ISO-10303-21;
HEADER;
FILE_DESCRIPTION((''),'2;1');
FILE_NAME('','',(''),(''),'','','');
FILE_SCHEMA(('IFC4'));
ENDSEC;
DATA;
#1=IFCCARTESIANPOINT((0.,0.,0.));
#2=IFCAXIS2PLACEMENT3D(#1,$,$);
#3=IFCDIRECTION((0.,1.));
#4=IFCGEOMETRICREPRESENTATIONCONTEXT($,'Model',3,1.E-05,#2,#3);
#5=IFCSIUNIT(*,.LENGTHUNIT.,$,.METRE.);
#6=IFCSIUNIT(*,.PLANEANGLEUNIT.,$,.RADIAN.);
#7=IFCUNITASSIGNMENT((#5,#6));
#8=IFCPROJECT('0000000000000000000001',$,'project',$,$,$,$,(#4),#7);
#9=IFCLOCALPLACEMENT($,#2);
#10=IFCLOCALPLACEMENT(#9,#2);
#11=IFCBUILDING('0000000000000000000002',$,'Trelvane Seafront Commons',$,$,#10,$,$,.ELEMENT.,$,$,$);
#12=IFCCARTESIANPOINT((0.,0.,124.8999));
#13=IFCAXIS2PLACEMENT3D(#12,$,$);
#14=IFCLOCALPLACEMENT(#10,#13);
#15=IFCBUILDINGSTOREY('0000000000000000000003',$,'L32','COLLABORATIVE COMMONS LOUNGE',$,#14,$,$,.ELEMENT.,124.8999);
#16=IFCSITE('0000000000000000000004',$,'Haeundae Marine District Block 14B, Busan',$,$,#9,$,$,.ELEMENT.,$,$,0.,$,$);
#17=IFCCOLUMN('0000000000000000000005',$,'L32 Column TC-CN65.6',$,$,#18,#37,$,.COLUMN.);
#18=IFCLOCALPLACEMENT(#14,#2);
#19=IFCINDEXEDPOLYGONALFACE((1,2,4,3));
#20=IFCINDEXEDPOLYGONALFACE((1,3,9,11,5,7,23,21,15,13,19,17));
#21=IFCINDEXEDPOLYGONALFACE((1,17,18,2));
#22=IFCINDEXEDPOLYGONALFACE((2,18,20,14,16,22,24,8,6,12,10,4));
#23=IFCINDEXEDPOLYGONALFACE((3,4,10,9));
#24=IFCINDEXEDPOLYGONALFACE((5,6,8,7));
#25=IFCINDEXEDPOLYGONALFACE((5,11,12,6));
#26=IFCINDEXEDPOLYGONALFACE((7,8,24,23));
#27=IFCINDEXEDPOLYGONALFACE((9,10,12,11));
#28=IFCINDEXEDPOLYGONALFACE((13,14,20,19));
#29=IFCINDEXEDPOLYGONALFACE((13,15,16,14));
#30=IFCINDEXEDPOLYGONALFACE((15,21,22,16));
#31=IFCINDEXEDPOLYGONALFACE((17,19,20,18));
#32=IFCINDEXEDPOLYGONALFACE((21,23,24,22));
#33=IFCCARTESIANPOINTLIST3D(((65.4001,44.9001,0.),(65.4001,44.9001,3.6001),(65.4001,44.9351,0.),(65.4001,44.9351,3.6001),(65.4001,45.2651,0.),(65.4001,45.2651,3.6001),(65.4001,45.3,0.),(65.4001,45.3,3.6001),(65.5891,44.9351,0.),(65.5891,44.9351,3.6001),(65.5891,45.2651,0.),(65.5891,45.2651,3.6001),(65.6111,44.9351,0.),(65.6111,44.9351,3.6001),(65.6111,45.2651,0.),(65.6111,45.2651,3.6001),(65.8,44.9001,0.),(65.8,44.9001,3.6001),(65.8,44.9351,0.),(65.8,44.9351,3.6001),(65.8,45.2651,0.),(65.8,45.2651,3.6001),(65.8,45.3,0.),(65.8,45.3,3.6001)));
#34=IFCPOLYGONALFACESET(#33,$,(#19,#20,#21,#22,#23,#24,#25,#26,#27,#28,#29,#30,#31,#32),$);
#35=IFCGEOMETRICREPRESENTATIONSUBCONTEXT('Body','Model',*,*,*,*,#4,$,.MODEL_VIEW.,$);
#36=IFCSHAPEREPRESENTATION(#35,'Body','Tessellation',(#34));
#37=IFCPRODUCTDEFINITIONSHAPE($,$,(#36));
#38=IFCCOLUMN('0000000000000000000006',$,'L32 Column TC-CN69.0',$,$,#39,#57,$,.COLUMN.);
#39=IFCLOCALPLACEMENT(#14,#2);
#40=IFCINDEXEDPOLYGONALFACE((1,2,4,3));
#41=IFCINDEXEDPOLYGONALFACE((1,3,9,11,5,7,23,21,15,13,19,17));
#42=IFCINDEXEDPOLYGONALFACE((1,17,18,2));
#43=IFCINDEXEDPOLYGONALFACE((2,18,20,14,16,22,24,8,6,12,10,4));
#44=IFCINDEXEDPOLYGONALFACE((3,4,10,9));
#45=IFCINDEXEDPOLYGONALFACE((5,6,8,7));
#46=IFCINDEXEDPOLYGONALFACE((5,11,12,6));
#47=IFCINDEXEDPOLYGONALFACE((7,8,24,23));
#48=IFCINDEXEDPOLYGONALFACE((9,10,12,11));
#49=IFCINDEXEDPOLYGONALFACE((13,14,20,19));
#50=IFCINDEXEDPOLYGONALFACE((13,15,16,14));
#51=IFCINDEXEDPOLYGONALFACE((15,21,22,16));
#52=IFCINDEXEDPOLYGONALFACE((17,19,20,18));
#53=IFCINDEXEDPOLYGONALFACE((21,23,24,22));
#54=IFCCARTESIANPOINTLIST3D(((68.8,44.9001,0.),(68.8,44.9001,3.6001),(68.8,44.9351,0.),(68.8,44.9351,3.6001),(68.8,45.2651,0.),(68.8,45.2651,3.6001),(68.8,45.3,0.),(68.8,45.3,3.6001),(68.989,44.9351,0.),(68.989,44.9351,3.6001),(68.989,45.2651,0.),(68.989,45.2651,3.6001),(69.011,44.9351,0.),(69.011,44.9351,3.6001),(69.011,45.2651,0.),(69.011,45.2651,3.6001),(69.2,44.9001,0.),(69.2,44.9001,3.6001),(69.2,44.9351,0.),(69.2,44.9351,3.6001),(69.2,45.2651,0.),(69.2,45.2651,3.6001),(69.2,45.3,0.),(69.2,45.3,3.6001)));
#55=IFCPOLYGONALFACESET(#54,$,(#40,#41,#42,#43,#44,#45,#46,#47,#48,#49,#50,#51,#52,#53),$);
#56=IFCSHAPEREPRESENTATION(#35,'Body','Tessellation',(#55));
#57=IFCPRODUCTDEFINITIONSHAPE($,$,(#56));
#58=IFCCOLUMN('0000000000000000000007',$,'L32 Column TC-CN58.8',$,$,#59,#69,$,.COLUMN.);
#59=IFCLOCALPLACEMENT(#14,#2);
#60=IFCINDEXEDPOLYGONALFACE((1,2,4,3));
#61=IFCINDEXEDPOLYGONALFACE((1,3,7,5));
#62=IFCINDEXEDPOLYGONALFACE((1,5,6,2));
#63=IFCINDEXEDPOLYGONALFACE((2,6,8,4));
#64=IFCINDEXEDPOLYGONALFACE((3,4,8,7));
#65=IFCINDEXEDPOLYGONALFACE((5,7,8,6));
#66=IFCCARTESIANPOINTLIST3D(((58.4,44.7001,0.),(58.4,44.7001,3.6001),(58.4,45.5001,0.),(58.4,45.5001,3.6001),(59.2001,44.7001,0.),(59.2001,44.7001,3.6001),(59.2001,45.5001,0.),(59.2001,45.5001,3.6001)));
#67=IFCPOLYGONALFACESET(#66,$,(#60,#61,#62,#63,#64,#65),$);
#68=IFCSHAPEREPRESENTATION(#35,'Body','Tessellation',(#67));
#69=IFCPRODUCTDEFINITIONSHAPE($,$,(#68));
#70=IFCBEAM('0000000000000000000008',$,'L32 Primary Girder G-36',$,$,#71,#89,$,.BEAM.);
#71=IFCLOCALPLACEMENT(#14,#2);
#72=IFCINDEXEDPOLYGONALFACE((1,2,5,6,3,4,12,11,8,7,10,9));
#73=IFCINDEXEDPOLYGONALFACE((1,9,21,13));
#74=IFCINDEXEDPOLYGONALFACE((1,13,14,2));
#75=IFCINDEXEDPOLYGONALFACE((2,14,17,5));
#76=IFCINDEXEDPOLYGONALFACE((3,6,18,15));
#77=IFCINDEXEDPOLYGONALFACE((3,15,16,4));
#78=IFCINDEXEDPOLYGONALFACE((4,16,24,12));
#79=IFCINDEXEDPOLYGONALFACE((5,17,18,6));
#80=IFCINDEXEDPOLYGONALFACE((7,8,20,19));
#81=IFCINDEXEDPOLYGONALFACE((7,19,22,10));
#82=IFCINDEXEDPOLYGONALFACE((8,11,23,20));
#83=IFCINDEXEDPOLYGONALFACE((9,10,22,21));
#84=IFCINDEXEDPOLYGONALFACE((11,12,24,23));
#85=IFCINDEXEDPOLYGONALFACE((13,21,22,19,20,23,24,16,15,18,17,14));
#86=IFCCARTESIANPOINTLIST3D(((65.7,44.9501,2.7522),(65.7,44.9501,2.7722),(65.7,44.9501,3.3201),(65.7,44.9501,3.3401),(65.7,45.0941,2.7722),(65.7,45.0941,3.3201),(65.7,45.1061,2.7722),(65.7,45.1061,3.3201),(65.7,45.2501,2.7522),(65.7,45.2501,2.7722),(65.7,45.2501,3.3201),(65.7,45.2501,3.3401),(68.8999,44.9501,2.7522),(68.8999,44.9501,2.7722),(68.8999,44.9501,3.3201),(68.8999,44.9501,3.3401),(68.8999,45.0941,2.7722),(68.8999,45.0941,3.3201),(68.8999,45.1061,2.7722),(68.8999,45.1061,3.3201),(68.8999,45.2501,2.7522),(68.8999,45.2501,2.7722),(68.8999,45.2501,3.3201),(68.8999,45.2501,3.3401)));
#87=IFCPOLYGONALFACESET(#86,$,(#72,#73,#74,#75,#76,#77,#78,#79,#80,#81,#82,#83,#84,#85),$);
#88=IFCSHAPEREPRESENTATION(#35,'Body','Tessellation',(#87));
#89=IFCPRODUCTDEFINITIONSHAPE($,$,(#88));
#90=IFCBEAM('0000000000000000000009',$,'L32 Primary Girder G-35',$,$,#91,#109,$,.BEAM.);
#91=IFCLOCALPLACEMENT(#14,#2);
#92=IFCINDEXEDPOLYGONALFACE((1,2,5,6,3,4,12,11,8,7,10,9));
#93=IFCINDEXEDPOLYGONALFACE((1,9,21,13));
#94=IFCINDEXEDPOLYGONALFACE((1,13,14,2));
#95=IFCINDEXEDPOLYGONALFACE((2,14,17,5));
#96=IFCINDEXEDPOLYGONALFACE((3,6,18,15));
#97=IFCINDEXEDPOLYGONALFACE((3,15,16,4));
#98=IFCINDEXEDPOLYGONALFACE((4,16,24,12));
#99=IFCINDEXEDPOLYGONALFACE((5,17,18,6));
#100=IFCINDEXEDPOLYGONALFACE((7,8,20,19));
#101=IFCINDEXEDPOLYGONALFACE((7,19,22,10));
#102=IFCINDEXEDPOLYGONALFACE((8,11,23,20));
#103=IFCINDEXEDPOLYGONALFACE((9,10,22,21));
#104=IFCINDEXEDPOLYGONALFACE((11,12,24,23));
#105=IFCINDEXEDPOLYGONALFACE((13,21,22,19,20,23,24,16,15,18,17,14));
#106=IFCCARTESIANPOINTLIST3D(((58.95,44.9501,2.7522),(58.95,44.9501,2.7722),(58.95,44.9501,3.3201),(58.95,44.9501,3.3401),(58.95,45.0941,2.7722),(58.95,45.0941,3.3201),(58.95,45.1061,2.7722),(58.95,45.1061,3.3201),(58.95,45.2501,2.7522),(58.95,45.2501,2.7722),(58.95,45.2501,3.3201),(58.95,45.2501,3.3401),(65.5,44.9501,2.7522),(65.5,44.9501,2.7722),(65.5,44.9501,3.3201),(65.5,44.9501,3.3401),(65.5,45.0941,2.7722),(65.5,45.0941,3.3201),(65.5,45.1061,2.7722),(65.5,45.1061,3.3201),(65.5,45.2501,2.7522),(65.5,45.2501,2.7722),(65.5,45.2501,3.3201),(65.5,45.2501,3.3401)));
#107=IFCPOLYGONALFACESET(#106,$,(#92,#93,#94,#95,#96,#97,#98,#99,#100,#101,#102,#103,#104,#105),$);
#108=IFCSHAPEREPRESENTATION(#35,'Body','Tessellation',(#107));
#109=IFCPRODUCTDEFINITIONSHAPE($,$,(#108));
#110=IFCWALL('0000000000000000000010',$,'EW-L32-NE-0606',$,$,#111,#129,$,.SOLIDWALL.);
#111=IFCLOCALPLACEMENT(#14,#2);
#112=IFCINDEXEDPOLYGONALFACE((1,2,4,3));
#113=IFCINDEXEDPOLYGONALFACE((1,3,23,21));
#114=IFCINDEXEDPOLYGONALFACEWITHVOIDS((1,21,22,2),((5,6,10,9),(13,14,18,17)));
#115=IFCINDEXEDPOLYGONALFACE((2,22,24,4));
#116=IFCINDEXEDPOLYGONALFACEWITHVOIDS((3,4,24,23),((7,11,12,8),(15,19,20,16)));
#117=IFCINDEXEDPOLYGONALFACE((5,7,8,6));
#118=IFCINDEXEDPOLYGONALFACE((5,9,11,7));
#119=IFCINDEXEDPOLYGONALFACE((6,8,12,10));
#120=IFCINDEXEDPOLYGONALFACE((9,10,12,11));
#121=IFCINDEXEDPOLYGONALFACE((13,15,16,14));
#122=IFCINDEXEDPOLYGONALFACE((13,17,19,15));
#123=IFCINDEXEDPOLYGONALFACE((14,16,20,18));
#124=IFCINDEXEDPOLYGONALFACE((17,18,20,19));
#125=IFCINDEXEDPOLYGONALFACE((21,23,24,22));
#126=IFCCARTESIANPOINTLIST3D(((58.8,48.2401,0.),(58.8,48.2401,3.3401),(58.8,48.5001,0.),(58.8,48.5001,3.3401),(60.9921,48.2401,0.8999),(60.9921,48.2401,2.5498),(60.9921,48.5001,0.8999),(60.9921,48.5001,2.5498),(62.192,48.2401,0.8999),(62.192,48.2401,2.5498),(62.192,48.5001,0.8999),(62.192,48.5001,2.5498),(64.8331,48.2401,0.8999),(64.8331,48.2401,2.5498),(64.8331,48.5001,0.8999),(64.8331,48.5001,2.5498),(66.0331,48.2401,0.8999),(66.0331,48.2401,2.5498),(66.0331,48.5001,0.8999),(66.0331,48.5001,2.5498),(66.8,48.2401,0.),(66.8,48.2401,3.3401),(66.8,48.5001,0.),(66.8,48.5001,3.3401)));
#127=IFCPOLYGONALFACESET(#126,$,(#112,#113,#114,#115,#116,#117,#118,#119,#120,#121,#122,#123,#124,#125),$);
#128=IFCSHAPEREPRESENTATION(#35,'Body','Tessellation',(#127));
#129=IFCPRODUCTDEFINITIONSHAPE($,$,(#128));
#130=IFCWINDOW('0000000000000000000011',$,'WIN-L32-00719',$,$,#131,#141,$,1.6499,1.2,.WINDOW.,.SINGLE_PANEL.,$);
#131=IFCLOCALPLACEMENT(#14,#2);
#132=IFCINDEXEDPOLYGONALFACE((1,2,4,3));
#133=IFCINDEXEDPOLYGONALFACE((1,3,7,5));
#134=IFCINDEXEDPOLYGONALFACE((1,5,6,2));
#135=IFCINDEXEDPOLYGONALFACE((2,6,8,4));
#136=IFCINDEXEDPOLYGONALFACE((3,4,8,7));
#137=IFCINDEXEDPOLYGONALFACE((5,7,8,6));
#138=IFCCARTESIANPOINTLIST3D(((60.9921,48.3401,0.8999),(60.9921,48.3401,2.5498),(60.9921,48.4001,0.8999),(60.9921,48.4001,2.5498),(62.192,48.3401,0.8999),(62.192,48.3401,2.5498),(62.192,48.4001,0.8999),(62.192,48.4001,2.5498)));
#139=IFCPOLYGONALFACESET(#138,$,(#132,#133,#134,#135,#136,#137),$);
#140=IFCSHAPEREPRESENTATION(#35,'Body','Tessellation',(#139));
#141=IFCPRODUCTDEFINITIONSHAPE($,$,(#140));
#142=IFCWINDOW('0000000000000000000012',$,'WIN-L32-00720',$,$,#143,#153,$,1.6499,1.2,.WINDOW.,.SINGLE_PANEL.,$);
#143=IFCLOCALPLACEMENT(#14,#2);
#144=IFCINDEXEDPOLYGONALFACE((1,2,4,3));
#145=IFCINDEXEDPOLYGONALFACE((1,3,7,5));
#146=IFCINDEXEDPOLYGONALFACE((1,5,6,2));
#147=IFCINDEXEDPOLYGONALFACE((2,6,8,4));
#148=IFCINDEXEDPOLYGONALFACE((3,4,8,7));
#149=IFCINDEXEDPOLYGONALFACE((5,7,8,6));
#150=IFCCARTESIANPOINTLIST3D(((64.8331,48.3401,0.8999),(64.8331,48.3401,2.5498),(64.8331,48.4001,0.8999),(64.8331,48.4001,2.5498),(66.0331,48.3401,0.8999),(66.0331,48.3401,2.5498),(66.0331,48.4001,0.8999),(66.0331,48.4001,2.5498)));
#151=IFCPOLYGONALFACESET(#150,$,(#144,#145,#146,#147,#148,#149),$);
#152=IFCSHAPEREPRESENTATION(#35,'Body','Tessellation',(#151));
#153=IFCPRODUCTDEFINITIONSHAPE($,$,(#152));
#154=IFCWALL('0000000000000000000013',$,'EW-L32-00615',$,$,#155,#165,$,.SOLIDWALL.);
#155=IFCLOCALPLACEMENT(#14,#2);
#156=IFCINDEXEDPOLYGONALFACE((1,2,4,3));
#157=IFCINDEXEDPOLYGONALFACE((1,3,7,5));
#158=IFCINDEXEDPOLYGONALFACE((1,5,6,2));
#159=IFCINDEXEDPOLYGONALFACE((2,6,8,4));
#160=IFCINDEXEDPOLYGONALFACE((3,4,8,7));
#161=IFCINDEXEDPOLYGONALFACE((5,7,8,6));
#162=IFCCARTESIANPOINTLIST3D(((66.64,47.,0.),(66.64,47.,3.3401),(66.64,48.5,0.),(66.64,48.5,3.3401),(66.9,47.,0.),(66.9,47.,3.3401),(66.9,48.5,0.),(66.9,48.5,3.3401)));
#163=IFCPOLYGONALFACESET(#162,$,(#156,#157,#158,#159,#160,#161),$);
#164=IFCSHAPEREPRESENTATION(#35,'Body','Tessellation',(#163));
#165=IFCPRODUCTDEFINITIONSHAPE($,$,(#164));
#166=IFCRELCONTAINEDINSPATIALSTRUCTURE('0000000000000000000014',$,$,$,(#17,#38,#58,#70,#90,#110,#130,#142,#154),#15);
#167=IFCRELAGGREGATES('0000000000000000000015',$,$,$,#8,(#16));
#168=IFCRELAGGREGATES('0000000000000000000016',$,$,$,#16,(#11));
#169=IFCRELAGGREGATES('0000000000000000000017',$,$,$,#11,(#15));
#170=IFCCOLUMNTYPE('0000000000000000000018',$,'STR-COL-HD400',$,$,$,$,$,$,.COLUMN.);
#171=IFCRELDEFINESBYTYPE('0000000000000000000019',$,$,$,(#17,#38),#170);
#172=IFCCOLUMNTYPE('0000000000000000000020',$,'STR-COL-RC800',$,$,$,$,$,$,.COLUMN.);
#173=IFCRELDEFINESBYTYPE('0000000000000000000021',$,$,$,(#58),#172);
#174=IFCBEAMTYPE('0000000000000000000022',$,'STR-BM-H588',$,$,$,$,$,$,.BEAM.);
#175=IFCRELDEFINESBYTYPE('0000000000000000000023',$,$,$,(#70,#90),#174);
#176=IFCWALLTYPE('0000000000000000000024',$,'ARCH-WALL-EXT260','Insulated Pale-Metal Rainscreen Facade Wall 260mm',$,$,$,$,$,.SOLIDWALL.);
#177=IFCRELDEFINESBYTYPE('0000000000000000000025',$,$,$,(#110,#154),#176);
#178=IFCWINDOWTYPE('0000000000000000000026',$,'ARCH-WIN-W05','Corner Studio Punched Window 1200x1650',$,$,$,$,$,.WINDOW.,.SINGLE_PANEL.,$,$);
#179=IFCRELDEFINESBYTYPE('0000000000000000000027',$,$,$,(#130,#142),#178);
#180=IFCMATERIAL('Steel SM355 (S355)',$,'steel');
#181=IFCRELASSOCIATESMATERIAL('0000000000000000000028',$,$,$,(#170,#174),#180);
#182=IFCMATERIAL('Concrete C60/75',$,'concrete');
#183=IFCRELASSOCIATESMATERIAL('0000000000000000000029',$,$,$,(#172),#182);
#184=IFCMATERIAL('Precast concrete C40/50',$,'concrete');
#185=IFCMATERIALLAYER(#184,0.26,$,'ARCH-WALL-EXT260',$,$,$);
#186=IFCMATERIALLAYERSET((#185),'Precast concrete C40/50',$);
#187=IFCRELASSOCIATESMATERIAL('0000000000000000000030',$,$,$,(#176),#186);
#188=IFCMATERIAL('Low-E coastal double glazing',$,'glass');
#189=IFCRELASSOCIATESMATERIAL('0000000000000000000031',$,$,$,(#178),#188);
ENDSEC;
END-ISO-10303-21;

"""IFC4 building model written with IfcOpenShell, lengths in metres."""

from ifc_helpers import new_model, si_unit, direction, frame, frame_2d, origin, origin_2d, place, context, subcontext, project, spatial, rectangle, i_section, extrude, source, transform, mapped, material, layer, layer_set, material_profile, profile_set, type_object, element, fill, save


model = new_model("IFC4")

# Units and contexts
model_context = context("Model", 3, precision=1e-05, world=origin(), true_north=direction((0.0, 1.0)))
body_context = subcontext(model_context, "Body", "Model", "MODEL_VIEW")
ifc_project = project(units=[si_unit("LENGTHUNIT", "METRE"), si_unit("PLANEANGLEUNIT", "RADIAN")], contexts=[model_context])

# Site, building, storey
site_placement = place(None, origin())
site = spatial("IfcSite", under=ifc_project, at=site_placement, Name="Haeundae Marine District Block 14B, Busan", CompositionType="ELEMENT", RefElevation=0.0)
building_placement = place(site_placement, origin())
building = spatial("IfcBuilding", under=site, at=building_placement, Name="Trelvane Seafront Commons", CompositionType="ELEMENT")
storey_placement = place(building_placement, frame((0.0, 0.0, 124.8999)))
storey = spatial("IfcBuildingStorey", under=building, at=storey_placement, Name="L32", Description="COLLABORATIVE COMMONS LOUNGE", CompositionType="ELEMENT", Elevation=124.8999)

# Columns
ifc_material_1 = material(Name="Steel SM355 (S355)", Category="steel")
ifc_material_profile_1 = material_profile(ifc_material_1, i_section(OverallWidth=0.3999, OverallDepth=0.3999, WebThickness=0.022, FlangeThickness=0.0349, at=origin_2d()), Name="HD-400x400x22x35")
ifc_profile_set_1 = profile_set([ifc_material_profile_1], Name="Steel SM355 (S355)")
column_type_1 = type_object("IfcColumnType", Name="STR-COL-HD400", PredefinedType="COLUMN", material=ifc_profile_set_1)
shared_shape_1 = source(origin(), body_context, "Body", "SweptSolid", [
    extrude(i_section(OverallWidth=0.3999, OverallDepth=0.3999, WebThickness=0.022, FlangeThickness=0.0349, at=origin_2d()), origin(), (0.0, 0.0, 1.0), 3.6001),
])
for number, where, z_axis, x_axis, name in (
    (1, (65.6001, 45.1001, 0.0), (0.0, 0.0, 1.0), (1.0, 0.0, 0.0), "L32 Column TC-CN65.6"),
    (2, (69.0, 45.1001, 0.0), (0.0, 0.0, 1.0), (1.0, 0.0, 0.0), "L32 Column TC-CN69.0"),
):
    element("IfcColumn", number, at=place(storey_placement, frame(where, z_axis=z_axis, x_axis=x_axis)), inside=storey, type_object=column_type_1, Name=name, PredefinedType="COLUMN", context=body_context, shape_type="MappedRepresentation", body=[
        mapped(shared_shape_1, transform((0.0, 0.0, 0.0), x_axis=(1.0, 0.0, 0.0), y_axis=(0.0, 1.0, 0.0), z_axis=(0.0, 0.0, 1.0), scale=1.0)),
    ])
ifc_material_2 = material(Name="Concrete C60/75", Category="concrete")
ifc_material_profile_2 = material_profile(ifc_material_2, rectangle(XDim=0.8, YDim=0.8, at=origin_2d()), Name="RC-800x800")
ifc_profile_set_2 = profile_set([ifc_material_profile_2], Name="Concrete C60/75")
column_type_2 = type_object("IfcColumnType", Name="STR-COL-RC800", PredefinedType="COLUMN", material=ifc_profile_set_2)
shared_shape_2 = source(origin(), body_context, "Body", "SweptSolid", [
    extrude(rectangle(XDim=0.8, YDim=0.8, at=origin_2d()), origin(), (0.0, 0.0, 1.0), 3.6001),
])
column_placement = place(storey_placement, frame((58.8, 45.1001, 0.0), z_axis=(0.0, 0.0, 1.0), x_axis=(1.0, 0.0, 0.0)))
element("IfcColumn", 3, at=column_placement, inside=storey, type_object=column_type_2, Name="L32 Column TC-CN58.8", PredefinedType="COLUMN", context=body_context, shape_type="MappedRepresentation", body=[
    mapped(shared_shape_2, transform((0.0, 0.0, 0.0), x_axis=(1.0, 0.0, 0.0), y_axis=(0.0, 1.0, 0.0), z_axis=(0.0, 0.0, 1.0), scale=1.0)),
])

# Beams
ifc_material_profile_3 = material_profile(ifc_material_1, i_section(OverallWidth=0.3, OverallDepth=0.5879, WebThickness=0.012, FlangeThickness=0.02, at=origin_2d()), Name="H-588x300x12x20")
ifc_profile_set_3 = profile_set([ifc_material_profile_3], Name="Steel SM355 (S355)")
beam_type = type_object("IfcBeamType", Name="STR-BM-H588", PredefinedType="BEAM", material=ifc_profile_set_3)
shared_shape_3 = source(origin(), body_context, "Body", "SweptSolid", [
    extrude(i_section(OverallWidth=0.3, OverallDepth=0.5879, WebThickness=0.012, FlangeThickness=0.02, at=origin_2d()), origin(), (0.0, 0.0, 1.0), 3.2),
])
beam_1_placement = place(storey_placement, frame((65.7, 45.1001, 3.0461), z_axis=(1.0, 0.0, 0.0), x_axis=(0.0, 1.0, 0.0)))
element("IfcBeam", 4, at=beam_1_placement, inside=storey, type_object=beam_type, Name="L32 Primary Girder G-36", PredefinedType="BEAM", context=body_context, shape_type="MappedRepresentation", body=[
    mapped(shared_shape_3, transform((0.0, 0.0, 0.0), x_axis=(1.0, 0.0, 0.0), y_axis=(0.0, 1.0, 0.0), z_axis=(0.0, 0.0, 1.0), scale=1.0)),
])
shared_shape_4 = source(origin(), body_context, "Body", "SweptSolid", [
    extrude(i_section(OverallWidth=0.3, OverallDepth=0.5879, WebThickness=0.012, FlangeThickness=0.02, at=origin_2d()), origin(), (0.0, 0.0, 1.0), 6.55),
])
beam_2_placement = place(storey_placement, frame((58.95, 45.1001, 3.0461), z_axis=(1.0, 0.0, 0.0), x_axis=(0.0, 1.0, 0.0)))
element("IfcBeam", 5, at=beam_2_placement, inside=storey, type_object=beam_type, Name="L32 Primary Girder G-35", PredefinedType="BEAM", context=body_context, shape_type="MappedRepresentation", body=[
    mapped(shared_shape_4, transform((0.0, 0.0, 0.0), x_axis=(1.0, 0.0, 0.0), y_axis=(0.0, 1.0, 0.0), z_axis=(0.0, 0.0, 1.0), scale=1.0)),
])

# Wall, openings, windows
ifc_material_3 = material(Name="Precast concrete C40/50", Category="concrete")
ifc_layer_1 = layer(ifc_material_3, 0.26, Name="ARCH-WALL-EXT260")
ifc_layer_set_1 = layer_set([ifc_layer_1], Name="Precast concrete C40/50")
wall_type_1 = type_object("IfcWallType", Name="ARCH-WALL-EXT260", Description="Insulated Pale-Metal Rainscreen Facade Wall 260mm", PredefinedType="SOLIDWALL", material=ifc_layer_set_1)
wall_1_placement = place(storey_placement, frame((58.8, 48.3701, 0.0), z_axis=(0.0, 0.0, 1.0), x_axis=(1.0, 0.0, 0.0)))
wall_1 = element("IfcWall", 6, at=wall_1_placement, inside=storey, type_object=wall_type_1, Name="EW-L32-NE-0606", PredefinedType="SOLIDWALL", context=body_context, shape_type="SweptSolid", body=[
    extrude(rectangle(XDim=8.0, YDim=0.26, at=frame_2d((4.0, 0.0))), origin(), (0.0, 0.0, 1.0), 3.3401),
])
opening_1_placement = place(wall_1_placement, frame((2.1919, 0.0, 0.8999)))
opening_1 = element("IfcOpeningElement", 7, at=opening_1_placement, cuts=wall_1, PredefinedType="OPENING", context=body_context, shape_type="SweptSolid", body=[
    extrude(rectangle(XDim=1.2, YDim=1.6499, at=frame_2d((0.6001, 0.825))), frame((0.0, 0.1399, 0.0), z_axis=(0.0, -1.0, 0.0), x_axis=(1.0, 0.0, 0.0)), (0.0, 0.0, 1.0), 0.28),
])
opening_2_placement = place(wall_1_placement, frame((6.033, 0.0, 0.8999)))
opening_2 = element("IfcOpeningElement", 8, at=opening_2_placement, cuts=wall_1, PredefinedType="OPENING", context=body_context, shape_type="SweptSolid", body=[
    extrude(rectangle(XDim=1.2, YDim=1.6499, at=frame_2d((0.6001, 0.825))), frame((0.0, 0.1399, 0.0), z_axis=(0.0, -1.0, 0.0), x_axis=(1.0, 0.0, 0.0)), (0.0, 0.0, 1.0), 0.28),
])
ifc_material_4 = material(Name="Low-E coastal double glazing", Category="glass")
window_type_1 = type_object("IfcWindowType", Name="ARCH-WIN-W05", Description="Corner Studio Punched Window 1200x1650", PartitioningType="SINGLE_PANEL", PredefinedType="WINDOW", material=ifc_material_4)
shared_shape_5 = source(origin(), body_context, "Body", "SweptSolid", [
    extrude(rectangle(XDim=1.2, YDim=1.6499, at=frame_2d((0.6001, 0.825))), frame((0.0, 0.03, 0.0), z_axis=(0.0, -1.0, 0.0), x_axis=(1.0, 0.0, 0.0)), (0.0, 0.0, 1.0), 0.0601),
])
window_1_placement = place(opening_1_placement, origin())
window_1 = element("IfcWindow", 9, at=window_1_placement, inside=storey, type_object=window_type_1, Name="WIN-L32-00719", OverallHeight=1.6499, OverallWidth=1.2, PartitioningType="SINGLE_PANEL", PredefinedType="WINDOW", context=body_context, shape_type="MappedRepresentation", body=[
    mapped(shared_shape_5, transform((0.0, 0.0, 0.0), x_axis=(1.0, 0.0, 0.0), y_axis=(0.0, 1.0, 0.0), z_axis=(0.0, 0.0, 1.0), scale=1.0)),
])
fill(opening_1, window_1)
window_2_placement = place(opening_2_placement, origin())
window_2 = element("IfcWindow", 10, at=window_2_placement, inside=storey, type_object=window_type_1, Name="WIN-L32-00720", OverallHeight=1.6499, OverallWidth=1.2, PartitioningType="SINGLE_PANEL", PredefinedType="WINDOW", context=body_context, shape_type="MappedRepresentation", body=[
    mapped(shared_shape_5, transform((0.0, 0.0, 0.0), x_axis=(1.0, 0.0, 0.0), y_axis=(0.0, 1.0, 0.0), z_axis=(0.0, 0.0, 1.0), scale=1.0)),
])
fill(opening_2, window_2)

# Wall
for number, where, z_axis, x_axis, name in (
    (11, (66.77, 48.5, 0.0), (0.0, 0.0, 1.0), (0.0, -1.0, 0.0), "EW-L32-00615"),
):
    element("IfcWall", number, at=place(storey_placement, frame(where, z_axis=z_axis, x_axis=x_axis)), inside=storey, type_object=wall_type_1, Name=name, PredefinedType="SOLIDWALL", context=body_context, shape_type="SweptSolid", body=[
        extrude(rectangle(XDim=1.5, YDim=0.26, at=frame_2d((0.75, 0.0))), origin(), (0.0, 0.0, 1.0), 3.3401),
    ])

save(model, "model.ifc")
